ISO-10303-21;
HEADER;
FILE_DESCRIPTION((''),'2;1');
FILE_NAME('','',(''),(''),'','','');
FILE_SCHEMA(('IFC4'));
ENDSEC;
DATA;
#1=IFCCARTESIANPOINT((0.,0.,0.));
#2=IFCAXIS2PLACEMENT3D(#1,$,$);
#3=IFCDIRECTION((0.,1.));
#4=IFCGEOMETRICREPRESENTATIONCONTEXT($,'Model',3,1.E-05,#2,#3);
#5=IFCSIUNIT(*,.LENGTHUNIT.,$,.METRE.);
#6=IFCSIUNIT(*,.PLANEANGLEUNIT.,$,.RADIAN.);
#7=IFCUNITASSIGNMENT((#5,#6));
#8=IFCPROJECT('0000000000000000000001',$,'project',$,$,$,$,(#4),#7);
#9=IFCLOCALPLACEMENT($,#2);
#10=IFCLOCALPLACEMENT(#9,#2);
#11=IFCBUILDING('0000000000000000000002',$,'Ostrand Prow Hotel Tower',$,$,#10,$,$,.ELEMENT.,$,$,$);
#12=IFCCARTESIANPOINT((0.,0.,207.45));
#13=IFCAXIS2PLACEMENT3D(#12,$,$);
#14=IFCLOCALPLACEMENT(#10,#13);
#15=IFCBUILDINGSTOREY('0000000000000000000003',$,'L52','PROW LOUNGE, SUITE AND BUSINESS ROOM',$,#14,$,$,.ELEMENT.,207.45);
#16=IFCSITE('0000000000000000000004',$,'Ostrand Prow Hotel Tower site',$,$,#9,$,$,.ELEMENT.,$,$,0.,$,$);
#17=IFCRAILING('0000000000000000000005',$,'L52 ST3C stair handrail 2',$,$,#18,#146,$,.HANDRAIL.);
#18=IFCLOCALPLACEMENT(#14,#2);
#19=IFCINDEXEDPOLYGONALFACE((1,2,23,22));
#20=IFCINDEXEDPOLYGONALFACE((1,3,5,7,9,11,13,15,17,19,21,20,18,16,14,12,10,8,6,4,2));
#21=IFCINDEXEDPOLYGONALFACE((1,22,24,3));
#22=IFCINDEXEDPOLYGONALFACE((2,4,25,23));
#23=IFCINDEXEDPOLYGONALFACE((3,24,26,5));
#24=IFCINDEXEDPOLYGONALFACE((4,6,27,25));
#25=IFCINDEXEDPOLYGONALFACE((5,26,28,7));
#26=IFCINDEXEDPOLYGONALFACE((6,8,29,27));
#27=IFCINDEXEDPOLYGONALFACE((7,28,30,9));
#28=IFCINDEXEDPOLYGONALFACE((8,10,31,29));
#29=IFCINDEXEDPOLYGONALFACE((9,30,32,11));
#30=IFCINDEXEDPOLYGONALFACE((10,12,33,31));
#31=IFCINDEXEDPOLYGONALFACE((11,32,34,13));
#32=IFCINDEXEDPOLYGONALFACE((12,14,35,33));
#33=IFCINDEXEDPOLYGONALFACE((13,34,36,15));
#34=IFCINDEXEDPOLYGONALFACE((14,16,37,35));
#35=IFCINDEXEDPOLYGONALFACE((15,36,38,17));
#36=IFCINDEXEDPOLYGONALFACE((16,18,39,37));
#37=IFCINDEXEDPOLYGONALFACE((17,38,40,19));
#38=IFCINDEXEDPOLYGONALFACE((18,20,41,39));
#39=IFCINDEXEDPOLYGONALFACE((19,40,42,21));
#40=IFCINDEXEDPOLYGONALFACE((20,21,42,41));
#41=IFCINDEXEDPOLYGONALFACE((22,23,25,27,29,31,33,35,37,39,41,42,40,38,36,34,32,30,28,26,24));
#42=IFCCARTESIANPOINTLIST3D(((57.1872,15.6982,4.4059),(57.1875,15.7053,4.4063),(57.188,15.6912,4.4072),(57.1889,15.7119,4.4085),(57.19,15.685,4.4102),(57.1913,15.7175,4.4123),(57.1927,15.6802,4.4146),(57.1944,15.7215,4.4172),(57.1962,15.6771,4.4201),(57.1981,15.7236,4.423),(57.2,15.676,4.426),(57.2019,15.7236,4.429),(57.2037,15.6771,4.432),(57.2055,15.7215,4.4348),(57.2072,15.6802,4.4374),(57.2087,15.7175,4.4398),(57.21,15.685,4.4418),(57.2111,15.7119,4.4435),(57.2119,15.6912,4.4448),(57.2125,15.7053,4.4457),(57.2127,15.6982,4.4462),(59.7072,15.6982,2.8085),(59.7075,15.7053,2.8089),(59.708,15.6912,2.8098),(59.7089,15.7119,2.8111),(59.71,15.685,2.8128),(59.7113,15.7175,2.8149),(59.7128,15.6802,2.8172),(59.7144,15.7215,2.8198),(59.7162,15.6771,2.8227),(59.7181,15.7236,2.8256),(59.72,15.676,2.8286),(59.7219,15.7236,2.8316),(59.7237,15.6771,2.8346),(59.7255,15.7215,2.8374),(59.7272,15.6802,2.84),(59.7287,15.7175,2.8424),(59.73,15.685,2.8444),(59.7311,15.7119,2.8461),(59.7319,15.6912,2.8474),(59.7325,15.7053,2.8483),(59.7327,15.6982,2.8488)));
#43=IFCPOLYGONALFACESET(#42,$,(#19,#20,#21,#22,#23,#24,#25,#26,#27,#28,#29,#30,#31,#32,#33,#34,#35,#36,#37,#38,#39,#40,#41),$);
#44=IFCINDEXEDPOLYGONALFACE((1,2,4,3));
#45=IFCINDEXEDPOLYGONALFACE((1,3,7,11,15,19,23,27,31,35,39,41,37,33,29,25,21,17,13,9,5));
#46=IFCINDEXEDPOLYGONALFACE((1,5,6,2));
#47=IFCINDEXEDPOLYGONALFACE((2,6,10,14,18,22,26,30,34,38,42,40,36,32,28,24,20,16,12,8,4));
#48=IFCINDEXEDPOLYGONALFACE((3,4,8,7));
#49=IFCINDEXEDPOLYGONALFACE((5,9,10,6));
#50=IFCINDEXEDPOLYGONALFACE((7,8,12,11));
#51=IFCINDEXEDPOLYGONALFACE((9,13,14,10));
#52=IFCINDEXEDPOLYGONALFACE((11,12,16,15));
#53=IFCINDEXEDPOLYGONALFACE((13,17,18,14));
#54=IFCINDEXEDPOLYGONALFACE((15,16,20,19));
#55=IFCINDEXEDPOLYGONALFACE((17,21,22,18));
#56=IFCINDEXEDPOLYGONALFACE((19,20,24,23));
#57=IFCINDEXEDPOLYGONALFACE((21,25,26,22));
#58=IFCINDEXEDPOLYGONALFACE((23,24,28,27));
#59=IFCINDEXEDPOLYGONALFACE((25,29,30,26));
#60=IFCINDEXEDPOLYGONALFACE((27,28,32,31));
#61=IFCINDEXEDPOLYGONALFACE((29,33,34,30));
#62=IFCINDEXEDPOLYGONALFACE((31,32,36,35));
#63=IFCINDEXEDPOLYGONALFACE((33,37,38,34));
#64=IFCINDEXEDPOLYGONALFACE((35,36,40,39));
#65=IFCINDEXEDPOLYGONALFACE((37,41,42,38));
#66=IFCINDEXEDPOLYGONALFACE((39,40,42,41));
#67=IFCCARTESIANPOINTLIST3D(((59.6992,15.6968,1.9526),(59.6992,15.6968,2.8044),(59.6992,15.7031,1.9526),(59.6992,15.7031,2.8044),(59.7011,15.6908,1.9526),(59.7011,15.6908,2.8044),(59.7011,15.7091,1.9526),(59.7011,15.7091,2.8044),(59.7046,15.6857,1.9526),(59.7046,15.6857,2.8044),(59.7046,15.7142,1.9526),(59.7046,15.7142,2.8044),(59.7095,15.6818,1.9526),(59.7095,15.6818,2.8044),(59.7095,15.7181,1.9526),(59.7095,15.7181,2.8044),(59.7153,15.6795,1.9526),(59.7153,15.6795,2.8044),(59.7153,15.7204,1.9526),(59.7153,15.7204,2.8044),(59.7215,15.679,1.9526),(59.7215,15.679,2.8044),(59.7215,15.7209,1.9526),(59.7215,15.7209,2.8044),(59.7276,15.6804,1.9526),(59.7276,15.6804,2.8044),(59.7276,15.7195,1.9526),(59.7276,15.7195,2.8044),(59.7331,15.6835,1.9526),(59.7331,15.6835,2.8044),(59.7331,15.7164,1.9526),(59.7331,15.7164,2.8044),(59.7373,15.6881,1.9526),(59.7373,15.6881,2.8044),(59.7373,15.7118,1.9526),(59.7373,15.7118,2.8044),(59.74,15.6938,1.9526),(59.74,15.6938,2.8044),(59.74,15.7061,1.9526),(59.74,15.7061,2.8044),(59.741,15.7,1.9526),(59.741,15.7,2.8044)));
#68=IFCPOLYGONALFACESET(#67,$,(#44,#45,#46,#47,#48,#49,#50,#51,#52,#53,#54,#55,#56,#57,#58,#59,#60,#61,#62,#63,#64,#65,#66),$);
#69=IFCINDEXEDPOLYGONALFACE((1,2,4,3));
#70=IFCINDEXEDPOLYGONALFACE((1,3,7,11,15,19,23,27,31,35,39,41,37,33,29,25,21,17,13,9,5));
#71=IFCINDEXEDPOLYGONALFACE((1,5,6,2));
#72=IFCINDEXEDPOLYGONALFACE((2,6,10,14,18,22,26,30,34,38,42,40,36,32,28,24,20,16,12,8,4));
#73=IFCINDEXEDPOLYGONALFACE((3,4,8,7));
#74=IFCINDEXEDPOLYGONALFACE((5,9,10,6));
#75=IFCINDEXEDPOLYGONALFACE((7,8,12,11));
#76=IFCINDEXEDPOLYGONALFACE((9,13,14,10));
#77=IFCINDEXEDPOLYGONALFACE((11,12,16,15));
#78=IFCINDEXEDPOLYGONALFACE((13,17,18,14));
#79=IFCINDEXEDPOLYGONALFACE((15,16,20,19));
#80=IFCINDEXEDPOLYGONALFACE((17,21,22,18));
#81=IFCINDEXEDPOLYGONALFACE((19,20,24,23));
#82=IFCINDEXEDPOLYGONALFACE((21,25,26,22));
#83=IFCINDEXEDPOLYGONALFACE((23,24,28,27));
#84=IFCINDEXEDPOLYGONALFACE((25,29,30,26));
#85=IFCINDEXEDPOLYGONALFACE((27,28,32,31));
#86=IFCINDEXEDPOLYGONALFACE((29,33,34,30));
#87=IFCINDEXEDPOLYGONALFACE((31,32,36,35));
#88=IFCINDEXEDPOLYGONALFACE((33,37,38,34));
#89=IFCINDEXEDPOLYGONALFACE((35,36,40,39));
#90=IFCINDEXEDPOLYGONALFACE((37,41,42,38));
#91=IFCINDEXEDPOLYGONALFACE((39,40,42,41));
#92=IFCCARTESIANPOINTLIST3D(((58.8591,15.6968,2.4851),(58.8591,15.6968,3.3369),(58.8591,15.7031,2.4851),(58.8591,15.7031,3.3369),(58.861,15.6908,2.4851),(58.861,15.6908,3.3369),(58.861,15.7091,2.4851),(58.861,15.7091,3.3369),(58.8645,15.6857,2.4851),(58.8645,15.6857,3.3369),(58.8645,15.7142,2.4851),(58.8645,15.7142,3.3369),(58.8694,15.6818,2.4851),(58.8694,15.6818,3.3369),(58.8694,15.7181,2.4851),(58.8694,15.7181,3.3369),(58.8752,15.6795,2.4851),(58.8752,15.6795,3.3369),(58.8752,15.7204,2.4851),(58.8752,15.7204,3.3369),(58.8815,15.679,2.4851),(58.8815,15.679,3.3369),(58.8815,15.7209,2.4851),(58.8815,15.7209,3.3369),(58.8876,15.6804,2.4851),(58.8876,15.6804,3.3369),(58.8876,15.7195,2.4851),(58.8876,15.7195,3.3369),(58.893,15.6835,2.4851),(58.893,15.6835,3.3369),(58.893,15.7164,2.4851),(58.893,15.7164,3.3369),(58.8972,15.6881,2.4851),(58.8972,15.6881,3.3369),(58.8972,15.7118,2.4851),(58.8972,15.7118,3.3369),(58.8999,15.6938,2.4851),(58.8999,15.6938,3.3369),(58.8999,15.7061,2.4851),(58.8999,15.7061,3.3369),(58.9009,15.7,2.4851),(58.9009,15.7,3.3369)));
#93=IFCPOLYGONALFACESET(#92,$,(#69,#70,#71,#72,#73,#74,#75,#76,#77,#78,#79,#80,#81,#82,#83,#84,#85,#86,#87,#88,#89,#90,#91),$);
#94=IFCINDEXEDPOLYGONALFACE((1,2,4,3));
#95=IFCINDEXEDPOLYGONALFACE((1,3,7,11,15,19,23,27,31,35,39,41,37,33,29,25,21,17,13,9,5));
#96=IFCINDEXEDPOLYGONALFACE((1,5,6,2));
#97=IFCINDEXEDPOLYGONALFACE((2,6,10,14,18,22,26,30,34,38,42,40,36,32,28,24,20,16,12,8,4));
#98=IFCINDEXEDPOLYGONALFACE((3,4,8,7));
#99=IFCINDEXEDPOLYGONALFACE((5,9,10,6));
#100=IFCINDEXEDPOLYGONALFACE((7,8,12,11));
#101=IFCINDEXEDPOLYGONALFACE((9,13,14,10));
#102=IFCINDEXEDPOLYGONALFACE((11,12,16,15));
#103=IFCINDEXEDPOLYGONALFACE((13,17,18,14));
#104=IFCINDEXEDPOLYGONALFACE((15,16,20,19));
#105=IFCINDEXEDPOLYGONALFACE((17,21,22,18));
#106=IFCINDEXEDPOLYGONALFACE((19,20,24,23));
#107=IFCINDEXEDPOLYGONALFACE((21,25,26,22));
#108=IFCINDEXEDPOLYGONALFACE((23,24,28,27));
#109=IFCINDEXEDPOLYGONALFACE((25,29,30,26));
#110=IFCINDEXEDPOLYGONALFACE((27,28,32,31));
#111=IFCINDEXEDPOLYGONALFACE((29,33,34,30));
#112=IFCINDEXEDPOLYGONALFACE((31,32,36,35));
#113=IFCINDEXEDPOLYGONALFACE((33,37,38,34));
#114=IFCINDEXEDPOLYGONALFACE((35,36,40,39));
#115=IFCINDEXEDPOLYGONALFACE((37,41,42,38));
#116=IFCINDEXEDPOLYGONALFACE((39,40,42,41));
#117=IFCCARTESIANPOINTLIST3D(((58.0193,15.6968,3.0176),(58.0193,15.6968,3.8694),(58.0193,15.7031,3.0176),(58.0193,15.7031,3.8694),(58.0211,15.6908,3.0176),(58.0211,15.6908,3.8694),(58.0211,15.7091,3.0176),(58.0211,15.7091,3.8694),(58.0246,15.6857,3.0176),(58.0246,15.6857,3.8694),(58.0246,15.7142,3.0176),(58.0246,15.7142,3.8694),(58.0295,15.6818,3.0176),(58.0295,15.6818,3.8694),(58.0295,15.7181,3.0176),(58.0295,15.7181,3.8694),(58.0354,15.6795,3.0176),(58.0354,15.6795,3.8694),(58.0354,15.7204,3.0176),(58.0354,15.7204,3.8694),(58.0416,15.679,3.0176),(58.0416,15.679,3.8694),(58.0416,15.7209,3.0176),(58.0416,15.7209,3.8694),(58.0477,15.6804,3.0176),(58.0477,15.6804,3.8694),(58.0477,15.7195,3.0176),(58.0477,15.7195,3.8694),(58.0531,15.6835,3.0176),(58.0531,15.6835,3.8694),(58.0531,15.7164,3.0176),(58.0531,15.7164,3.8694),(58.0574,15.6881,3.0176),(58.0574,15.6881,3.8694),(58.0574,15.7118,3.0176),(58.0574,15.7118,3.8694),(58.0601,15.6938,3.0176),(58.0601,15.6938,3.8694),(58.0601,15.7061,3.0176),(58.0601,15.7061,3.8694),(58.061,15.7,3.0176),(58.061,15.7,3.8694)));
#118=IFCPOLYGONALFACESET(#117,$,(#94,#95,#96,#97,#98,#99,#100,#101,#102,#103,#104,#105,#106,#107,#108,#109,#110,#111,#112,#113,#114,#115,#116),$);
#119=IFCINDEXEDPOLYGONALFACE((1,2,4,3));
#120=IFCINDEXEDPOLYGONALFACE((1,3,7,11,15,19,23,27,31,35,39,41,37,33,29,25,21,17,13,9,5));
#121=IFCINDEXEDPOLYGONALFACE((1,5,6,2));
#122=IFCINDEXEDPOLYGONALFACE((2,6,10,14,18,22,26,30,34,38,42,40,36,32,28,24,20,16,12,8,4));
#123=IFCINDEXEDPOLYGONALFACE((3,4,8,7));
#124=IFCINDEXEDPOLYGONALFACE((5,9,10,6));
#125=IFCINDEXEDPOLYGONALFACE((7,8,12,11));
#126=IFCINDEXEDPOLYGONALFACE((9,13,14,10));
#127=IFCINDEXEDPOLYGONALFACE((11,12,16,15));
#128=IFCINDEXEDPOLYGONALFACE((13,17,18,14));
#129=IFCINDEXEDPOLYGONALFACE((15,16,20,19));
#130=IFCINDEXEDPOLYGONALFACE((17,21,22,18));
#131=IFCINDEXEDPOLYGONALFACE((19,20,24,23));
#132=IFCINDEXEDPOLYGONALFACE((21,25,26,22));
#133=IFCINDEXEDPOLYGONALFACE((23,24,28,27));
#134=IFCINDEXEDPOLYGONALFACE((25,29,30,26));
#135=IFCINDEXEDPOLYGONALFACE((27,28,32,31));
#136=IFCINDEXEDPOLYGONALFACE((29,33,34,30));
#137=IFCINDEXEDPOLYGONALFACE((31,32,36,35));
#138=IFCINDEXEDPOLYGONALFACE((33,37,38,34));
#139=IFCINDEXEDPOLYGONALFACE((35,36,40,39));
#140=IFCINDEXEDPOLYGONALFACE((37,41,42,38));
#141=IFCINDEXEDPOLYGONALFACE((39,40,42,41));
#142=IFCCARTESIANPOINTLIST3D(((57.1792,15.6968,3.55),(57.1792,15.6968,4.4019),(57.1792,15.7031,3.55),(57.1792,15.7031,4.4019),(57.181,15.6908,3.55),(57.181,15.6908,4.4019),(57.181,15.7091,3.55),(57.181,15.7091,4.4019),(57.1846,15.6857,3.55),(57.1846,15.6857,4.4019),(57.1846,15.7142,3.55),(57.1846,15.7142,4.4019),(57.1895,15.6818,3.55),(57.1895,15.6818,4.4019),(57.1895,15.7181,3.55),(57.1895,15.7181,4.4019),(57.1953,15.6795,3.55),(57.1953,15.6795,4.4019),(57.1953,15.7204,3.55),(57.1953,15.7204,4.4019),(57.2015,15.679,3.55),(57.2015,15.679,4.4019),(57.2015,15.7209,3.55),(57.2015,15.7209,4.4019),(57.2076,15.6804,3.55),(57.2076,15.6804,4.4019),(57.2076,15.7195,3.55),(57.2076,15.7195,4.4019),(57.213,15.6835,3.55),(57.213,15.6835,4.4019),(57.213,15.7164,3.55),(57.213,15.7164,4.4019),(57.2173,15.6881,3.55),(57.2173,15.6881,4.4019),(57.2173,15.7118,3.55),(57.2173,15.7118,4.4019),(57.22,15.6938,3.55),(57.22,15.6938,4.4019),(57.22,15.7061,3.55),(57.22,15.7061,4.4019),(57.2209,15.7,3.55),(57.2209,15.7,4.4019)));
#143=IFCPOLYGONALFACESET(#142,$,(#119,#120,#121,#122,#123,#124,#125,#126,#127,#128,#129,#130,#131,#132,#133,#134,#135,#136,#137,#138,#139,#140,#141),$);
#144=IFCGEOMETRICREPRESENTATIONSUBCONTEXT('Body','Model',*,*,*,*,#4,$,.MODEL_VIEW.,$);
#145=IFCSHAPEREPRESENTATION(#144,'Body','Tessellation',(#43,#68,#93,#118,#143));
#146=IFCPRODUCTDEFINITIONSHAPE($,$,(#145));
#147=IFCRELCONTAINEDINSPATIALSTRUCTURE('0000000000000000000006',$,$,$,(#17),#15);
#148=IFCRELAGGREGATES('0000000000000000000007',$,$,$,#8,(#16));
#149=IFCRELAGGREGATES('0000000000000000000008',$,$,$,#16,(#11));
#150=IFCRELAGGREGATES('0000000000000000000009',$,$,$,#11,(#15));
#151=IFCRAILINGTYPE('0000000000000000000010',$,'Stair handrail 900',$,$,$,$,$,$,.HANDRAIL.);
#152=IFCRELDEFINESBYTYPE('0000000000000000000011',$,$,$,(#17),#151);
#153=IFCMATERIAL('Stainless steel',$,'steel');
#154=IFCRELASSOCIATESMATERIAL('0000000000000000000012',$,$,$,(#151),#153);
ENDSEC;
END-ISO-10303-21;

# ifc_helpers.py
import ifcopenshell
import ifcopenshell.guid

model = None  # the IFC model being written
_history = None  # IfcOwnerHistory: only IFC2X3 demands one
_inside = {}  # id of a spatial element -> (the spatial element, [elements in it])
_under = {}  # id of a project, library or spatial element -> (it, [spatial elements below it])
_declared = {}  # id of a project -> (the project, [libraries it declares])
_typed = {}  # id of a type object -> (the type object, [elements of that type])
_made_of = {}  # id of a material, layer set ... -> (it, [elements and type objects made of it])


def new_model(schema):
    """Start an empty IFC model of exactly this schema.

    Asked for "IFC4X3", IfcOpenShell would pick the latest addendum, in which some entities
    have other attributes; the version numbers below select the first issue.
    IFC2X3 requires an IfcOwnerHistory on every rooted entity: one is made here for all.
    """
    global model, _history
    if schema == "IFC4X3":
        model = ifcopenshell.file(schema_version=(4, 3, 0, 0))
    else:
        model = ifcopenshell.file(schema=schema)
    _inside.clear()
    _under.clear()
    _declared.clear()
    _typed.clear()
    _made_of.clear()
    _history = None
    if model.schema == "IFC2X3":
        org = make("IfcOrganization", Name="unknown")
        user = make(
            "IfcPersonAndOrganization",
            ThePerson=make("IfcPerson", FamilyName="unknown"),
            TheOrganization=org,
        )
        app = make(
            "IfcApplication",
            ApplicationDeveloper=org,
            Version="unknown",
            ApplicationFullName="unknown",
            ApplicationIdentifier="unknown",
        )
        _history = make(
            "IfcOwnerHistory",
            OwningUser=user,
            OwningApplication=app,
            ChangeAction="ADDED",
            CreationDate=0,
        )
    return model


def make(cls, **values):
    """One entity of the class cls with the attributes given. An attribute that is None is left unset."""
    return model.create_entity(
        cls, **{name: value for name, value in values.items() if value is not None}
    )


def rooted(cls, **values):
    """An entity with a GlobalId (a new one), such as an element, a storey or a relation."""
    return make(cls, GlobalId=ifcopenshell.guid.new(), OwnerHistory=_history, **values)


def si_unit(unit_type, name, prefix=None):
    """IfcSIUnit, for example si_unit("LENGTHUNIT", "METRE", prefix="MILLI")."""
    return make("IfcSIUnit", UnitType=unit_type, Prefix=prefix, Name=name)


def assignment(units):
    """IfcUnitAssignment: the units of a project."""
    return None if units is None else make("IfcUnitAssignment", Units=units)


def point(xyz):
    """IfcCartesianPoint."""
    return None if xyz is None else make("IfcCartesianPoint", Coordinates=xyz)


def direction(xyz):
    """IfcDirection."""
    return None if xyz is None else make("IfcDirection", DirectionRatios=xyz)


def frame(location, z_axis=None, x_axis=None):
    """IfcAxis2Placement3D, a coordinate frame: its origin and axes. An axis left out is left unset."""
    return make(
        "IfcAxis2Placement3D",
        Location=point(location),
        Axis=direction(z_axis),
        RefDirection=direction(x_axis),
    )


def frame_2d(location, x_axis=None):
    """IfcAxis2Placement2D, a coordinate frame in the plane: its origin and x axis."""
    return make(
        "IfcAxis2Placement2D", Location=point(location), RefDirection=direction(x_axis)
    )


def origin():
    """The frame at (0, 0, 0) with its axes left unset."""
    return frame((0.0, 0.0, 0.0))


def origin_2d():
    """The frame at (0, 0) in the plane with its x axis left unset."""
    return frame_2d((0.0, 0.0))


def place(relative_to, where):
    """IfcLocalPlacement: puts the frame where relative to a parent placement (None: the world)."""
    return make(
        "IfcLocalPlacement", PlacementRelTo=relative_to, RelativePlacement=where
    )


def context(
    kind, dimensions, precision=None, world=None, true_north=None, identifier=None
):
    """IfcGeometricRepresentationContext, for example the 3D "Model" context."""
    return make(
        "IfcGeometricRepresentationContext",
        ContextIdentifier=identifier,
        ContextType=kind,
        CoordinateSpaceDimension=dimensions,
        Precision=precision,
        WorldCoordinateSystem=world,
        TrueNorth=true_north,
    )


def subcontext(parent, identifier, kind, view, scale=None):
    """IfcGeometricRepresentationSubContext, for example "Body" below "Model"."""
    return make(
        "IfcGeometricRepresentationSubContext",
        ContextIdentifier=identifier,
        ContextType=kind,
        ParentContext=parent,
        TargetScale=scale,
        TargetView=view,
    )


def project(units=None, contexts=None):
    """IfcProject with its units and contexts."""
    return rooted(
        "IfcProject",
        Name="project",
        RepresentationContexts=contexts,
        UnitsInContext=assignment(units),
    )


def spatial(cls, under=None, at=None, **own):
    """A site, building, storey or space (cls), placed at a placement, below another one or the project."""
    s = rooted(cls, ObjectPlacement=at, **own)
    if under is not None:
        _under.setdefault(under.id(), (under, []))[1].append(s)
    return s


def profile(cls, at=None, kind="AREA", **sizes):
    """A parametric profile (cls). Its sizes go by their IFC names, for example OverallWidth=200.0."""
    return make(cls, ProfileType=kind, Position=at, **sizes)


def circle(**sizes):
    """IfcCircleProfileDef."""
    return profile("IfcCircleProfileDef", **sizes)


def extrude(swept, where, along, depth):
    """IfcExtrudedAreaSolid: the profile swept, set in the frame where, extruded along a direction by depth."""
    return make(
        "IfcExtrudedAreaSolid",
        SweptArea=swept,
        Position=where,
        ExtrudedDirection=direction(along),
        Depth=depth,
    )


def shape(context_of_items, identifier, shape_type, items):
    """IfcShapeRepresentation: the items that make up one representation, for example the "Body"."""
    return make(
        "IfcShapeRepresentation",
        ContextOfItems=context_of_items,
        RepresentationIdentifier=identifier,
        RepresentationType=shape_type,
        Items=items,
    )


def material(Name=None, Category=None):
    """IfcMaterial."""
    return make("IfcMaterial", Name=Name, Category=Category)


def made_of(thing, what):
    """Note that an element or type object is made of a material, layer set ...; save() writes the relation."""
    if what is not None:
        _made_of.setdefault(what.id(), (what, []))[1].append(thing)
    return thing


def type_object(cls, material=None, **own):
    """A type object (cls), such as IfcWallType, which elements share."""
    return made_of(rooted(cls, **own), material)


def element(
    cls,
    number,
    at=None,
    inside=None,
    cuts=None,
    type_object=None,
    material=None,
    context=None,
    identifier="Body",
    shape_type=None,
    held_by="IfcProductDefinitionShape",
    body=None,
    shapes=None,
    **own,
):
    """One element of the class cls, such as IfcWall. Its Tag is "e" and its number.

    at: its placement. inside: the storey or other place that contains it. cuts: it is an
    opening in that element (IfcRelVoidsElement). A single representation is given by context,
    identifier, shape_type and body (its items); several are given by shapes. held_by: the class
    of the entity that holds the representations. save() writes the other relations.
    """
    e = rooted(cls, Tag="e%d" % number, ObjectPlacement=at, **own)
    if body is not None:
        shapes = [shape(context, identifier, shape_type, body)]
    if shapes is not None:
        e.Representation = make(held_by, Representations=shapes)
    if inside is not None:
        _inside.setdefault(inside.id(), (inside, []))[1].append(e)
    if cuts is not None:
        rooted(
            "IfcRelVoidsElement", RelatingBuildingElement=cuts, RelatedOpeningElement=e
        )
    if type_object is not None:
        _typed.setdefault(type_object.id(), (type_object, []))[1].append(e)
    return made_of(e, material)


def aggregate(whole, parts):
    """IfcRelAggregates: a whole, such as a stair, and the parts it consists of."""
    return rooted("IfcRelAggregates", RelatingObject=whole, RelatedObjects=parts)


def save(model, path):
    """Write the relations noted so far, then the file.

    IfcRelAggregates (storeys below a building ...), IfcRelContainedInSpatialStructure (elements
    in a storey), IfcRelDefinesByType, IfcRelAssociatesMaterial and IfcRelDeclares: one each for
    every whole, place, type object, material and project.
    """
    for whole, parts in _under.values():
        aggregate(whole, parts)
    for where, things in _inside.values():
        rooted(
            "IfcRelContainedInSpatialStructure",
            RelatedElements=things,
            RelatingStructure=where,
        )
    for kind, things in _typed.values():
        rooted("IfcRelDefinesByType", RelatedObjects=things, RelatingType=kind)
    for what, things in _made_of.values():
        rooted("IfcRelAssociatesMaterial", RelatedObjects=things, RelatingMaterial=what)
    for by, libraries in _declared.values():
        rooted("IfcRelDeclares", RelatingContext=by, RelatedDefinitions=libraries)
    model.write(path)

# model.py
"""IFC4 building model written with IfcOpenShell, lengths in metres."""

from ifc_helpers import new_model, si_unit, direction, frame, origin, origin_2d, place, context, subcontext, project, spatial, circle, extrude, material, type_object, element, save


model = new_model("IFC4")

# Units and contexts
model_context = context("Model", 3, precision=1e-05, world=origin(), true_north=direction((0.0, 1.0)))
body_context = subcontext(model_context, "Body", "Model", "MODEL_VIEW")
ifc_project = project(units=[si_unit("LENGTHUNIT", "METRE"), si_unit("PLANEANGLEUNIT", "RADIAN")], contexts=[model_context])

# Site, building, storey
site_placement = place(None, origin())
site = spatial("IfcSite", under=ifc_project, at=site_placement, Name="Ostrand Prow Hotel Tower site", CompositionType="ELEMENT", RefElevation=0.0)
building_placement = place(site_placement, origin())
building = spatial("IfcBuilding", under=site, at=building_placement, Name="Ostrand Prow Hotel Tower", CompositionType="ELEMENT")
storey_placement = place(building_placement, frame((0.0, 0.0, 207.45)))
storey = spatial("IfcBuildingStorey", under=building, at=storey_placement, Name="L52", Description="PROW LOUNGE, SUITE AND BUSINESS ROOM", CompositionType="ELEMENT", Elevation=207.45)

# Railing
ifc_material_1 = material(Name="Stainless steel", Category="steel")
railing_type_1 = type_object("IfcRailingType", Name="Stair handrail 900", PredefinedType="HANDRAIL", material=ifc_material_1)
railing_1_placement = place(storey_placement, frame((59.72, 15.7, 1.9526)))
element("IfcRailing", 1, at=railing_1_placement, inside=storey, type_object=railing_type_1, Name="L52 ST3C stair handrail 2", PredefinedType="HANDRAIL", context=body_context, shape_type="SweptSolid", body=[
    extrude(circle(Radius=0.0239, at=origin_2d()), frame((0.0, 0.0, 0.876), z_axis=(-0.844607, 0.0, 0.535387), x_axis=(0.0, -1.0, 0.0)), (0.0, 0.0, 1.0), 2.9836),
    extrude(circle(Radius=0.021, at=origin_2d()), origin(), (0.0, 0.0, 1.0), 0.8518),
    extrude(circle(Radius=0.021, at=origin_2d()), frame((-0.8401, 0.0, 0.5325)), (0.0, 0.0, 1.0), 0.8518),
    extrude(circle(Radius=0.021, at=origin_2d()), frame((-1.6799, 0.0, 1.0649)), (0.0, 0.0, 1.0), 0.8518),
    extrude(circle(Radius=0.021, at=origin_2d()), frame((-2.52, 0.0, 1.5974)), (0.0, 0.0, 1.0), 0.8518),
])

save(model, "model.ifc")
